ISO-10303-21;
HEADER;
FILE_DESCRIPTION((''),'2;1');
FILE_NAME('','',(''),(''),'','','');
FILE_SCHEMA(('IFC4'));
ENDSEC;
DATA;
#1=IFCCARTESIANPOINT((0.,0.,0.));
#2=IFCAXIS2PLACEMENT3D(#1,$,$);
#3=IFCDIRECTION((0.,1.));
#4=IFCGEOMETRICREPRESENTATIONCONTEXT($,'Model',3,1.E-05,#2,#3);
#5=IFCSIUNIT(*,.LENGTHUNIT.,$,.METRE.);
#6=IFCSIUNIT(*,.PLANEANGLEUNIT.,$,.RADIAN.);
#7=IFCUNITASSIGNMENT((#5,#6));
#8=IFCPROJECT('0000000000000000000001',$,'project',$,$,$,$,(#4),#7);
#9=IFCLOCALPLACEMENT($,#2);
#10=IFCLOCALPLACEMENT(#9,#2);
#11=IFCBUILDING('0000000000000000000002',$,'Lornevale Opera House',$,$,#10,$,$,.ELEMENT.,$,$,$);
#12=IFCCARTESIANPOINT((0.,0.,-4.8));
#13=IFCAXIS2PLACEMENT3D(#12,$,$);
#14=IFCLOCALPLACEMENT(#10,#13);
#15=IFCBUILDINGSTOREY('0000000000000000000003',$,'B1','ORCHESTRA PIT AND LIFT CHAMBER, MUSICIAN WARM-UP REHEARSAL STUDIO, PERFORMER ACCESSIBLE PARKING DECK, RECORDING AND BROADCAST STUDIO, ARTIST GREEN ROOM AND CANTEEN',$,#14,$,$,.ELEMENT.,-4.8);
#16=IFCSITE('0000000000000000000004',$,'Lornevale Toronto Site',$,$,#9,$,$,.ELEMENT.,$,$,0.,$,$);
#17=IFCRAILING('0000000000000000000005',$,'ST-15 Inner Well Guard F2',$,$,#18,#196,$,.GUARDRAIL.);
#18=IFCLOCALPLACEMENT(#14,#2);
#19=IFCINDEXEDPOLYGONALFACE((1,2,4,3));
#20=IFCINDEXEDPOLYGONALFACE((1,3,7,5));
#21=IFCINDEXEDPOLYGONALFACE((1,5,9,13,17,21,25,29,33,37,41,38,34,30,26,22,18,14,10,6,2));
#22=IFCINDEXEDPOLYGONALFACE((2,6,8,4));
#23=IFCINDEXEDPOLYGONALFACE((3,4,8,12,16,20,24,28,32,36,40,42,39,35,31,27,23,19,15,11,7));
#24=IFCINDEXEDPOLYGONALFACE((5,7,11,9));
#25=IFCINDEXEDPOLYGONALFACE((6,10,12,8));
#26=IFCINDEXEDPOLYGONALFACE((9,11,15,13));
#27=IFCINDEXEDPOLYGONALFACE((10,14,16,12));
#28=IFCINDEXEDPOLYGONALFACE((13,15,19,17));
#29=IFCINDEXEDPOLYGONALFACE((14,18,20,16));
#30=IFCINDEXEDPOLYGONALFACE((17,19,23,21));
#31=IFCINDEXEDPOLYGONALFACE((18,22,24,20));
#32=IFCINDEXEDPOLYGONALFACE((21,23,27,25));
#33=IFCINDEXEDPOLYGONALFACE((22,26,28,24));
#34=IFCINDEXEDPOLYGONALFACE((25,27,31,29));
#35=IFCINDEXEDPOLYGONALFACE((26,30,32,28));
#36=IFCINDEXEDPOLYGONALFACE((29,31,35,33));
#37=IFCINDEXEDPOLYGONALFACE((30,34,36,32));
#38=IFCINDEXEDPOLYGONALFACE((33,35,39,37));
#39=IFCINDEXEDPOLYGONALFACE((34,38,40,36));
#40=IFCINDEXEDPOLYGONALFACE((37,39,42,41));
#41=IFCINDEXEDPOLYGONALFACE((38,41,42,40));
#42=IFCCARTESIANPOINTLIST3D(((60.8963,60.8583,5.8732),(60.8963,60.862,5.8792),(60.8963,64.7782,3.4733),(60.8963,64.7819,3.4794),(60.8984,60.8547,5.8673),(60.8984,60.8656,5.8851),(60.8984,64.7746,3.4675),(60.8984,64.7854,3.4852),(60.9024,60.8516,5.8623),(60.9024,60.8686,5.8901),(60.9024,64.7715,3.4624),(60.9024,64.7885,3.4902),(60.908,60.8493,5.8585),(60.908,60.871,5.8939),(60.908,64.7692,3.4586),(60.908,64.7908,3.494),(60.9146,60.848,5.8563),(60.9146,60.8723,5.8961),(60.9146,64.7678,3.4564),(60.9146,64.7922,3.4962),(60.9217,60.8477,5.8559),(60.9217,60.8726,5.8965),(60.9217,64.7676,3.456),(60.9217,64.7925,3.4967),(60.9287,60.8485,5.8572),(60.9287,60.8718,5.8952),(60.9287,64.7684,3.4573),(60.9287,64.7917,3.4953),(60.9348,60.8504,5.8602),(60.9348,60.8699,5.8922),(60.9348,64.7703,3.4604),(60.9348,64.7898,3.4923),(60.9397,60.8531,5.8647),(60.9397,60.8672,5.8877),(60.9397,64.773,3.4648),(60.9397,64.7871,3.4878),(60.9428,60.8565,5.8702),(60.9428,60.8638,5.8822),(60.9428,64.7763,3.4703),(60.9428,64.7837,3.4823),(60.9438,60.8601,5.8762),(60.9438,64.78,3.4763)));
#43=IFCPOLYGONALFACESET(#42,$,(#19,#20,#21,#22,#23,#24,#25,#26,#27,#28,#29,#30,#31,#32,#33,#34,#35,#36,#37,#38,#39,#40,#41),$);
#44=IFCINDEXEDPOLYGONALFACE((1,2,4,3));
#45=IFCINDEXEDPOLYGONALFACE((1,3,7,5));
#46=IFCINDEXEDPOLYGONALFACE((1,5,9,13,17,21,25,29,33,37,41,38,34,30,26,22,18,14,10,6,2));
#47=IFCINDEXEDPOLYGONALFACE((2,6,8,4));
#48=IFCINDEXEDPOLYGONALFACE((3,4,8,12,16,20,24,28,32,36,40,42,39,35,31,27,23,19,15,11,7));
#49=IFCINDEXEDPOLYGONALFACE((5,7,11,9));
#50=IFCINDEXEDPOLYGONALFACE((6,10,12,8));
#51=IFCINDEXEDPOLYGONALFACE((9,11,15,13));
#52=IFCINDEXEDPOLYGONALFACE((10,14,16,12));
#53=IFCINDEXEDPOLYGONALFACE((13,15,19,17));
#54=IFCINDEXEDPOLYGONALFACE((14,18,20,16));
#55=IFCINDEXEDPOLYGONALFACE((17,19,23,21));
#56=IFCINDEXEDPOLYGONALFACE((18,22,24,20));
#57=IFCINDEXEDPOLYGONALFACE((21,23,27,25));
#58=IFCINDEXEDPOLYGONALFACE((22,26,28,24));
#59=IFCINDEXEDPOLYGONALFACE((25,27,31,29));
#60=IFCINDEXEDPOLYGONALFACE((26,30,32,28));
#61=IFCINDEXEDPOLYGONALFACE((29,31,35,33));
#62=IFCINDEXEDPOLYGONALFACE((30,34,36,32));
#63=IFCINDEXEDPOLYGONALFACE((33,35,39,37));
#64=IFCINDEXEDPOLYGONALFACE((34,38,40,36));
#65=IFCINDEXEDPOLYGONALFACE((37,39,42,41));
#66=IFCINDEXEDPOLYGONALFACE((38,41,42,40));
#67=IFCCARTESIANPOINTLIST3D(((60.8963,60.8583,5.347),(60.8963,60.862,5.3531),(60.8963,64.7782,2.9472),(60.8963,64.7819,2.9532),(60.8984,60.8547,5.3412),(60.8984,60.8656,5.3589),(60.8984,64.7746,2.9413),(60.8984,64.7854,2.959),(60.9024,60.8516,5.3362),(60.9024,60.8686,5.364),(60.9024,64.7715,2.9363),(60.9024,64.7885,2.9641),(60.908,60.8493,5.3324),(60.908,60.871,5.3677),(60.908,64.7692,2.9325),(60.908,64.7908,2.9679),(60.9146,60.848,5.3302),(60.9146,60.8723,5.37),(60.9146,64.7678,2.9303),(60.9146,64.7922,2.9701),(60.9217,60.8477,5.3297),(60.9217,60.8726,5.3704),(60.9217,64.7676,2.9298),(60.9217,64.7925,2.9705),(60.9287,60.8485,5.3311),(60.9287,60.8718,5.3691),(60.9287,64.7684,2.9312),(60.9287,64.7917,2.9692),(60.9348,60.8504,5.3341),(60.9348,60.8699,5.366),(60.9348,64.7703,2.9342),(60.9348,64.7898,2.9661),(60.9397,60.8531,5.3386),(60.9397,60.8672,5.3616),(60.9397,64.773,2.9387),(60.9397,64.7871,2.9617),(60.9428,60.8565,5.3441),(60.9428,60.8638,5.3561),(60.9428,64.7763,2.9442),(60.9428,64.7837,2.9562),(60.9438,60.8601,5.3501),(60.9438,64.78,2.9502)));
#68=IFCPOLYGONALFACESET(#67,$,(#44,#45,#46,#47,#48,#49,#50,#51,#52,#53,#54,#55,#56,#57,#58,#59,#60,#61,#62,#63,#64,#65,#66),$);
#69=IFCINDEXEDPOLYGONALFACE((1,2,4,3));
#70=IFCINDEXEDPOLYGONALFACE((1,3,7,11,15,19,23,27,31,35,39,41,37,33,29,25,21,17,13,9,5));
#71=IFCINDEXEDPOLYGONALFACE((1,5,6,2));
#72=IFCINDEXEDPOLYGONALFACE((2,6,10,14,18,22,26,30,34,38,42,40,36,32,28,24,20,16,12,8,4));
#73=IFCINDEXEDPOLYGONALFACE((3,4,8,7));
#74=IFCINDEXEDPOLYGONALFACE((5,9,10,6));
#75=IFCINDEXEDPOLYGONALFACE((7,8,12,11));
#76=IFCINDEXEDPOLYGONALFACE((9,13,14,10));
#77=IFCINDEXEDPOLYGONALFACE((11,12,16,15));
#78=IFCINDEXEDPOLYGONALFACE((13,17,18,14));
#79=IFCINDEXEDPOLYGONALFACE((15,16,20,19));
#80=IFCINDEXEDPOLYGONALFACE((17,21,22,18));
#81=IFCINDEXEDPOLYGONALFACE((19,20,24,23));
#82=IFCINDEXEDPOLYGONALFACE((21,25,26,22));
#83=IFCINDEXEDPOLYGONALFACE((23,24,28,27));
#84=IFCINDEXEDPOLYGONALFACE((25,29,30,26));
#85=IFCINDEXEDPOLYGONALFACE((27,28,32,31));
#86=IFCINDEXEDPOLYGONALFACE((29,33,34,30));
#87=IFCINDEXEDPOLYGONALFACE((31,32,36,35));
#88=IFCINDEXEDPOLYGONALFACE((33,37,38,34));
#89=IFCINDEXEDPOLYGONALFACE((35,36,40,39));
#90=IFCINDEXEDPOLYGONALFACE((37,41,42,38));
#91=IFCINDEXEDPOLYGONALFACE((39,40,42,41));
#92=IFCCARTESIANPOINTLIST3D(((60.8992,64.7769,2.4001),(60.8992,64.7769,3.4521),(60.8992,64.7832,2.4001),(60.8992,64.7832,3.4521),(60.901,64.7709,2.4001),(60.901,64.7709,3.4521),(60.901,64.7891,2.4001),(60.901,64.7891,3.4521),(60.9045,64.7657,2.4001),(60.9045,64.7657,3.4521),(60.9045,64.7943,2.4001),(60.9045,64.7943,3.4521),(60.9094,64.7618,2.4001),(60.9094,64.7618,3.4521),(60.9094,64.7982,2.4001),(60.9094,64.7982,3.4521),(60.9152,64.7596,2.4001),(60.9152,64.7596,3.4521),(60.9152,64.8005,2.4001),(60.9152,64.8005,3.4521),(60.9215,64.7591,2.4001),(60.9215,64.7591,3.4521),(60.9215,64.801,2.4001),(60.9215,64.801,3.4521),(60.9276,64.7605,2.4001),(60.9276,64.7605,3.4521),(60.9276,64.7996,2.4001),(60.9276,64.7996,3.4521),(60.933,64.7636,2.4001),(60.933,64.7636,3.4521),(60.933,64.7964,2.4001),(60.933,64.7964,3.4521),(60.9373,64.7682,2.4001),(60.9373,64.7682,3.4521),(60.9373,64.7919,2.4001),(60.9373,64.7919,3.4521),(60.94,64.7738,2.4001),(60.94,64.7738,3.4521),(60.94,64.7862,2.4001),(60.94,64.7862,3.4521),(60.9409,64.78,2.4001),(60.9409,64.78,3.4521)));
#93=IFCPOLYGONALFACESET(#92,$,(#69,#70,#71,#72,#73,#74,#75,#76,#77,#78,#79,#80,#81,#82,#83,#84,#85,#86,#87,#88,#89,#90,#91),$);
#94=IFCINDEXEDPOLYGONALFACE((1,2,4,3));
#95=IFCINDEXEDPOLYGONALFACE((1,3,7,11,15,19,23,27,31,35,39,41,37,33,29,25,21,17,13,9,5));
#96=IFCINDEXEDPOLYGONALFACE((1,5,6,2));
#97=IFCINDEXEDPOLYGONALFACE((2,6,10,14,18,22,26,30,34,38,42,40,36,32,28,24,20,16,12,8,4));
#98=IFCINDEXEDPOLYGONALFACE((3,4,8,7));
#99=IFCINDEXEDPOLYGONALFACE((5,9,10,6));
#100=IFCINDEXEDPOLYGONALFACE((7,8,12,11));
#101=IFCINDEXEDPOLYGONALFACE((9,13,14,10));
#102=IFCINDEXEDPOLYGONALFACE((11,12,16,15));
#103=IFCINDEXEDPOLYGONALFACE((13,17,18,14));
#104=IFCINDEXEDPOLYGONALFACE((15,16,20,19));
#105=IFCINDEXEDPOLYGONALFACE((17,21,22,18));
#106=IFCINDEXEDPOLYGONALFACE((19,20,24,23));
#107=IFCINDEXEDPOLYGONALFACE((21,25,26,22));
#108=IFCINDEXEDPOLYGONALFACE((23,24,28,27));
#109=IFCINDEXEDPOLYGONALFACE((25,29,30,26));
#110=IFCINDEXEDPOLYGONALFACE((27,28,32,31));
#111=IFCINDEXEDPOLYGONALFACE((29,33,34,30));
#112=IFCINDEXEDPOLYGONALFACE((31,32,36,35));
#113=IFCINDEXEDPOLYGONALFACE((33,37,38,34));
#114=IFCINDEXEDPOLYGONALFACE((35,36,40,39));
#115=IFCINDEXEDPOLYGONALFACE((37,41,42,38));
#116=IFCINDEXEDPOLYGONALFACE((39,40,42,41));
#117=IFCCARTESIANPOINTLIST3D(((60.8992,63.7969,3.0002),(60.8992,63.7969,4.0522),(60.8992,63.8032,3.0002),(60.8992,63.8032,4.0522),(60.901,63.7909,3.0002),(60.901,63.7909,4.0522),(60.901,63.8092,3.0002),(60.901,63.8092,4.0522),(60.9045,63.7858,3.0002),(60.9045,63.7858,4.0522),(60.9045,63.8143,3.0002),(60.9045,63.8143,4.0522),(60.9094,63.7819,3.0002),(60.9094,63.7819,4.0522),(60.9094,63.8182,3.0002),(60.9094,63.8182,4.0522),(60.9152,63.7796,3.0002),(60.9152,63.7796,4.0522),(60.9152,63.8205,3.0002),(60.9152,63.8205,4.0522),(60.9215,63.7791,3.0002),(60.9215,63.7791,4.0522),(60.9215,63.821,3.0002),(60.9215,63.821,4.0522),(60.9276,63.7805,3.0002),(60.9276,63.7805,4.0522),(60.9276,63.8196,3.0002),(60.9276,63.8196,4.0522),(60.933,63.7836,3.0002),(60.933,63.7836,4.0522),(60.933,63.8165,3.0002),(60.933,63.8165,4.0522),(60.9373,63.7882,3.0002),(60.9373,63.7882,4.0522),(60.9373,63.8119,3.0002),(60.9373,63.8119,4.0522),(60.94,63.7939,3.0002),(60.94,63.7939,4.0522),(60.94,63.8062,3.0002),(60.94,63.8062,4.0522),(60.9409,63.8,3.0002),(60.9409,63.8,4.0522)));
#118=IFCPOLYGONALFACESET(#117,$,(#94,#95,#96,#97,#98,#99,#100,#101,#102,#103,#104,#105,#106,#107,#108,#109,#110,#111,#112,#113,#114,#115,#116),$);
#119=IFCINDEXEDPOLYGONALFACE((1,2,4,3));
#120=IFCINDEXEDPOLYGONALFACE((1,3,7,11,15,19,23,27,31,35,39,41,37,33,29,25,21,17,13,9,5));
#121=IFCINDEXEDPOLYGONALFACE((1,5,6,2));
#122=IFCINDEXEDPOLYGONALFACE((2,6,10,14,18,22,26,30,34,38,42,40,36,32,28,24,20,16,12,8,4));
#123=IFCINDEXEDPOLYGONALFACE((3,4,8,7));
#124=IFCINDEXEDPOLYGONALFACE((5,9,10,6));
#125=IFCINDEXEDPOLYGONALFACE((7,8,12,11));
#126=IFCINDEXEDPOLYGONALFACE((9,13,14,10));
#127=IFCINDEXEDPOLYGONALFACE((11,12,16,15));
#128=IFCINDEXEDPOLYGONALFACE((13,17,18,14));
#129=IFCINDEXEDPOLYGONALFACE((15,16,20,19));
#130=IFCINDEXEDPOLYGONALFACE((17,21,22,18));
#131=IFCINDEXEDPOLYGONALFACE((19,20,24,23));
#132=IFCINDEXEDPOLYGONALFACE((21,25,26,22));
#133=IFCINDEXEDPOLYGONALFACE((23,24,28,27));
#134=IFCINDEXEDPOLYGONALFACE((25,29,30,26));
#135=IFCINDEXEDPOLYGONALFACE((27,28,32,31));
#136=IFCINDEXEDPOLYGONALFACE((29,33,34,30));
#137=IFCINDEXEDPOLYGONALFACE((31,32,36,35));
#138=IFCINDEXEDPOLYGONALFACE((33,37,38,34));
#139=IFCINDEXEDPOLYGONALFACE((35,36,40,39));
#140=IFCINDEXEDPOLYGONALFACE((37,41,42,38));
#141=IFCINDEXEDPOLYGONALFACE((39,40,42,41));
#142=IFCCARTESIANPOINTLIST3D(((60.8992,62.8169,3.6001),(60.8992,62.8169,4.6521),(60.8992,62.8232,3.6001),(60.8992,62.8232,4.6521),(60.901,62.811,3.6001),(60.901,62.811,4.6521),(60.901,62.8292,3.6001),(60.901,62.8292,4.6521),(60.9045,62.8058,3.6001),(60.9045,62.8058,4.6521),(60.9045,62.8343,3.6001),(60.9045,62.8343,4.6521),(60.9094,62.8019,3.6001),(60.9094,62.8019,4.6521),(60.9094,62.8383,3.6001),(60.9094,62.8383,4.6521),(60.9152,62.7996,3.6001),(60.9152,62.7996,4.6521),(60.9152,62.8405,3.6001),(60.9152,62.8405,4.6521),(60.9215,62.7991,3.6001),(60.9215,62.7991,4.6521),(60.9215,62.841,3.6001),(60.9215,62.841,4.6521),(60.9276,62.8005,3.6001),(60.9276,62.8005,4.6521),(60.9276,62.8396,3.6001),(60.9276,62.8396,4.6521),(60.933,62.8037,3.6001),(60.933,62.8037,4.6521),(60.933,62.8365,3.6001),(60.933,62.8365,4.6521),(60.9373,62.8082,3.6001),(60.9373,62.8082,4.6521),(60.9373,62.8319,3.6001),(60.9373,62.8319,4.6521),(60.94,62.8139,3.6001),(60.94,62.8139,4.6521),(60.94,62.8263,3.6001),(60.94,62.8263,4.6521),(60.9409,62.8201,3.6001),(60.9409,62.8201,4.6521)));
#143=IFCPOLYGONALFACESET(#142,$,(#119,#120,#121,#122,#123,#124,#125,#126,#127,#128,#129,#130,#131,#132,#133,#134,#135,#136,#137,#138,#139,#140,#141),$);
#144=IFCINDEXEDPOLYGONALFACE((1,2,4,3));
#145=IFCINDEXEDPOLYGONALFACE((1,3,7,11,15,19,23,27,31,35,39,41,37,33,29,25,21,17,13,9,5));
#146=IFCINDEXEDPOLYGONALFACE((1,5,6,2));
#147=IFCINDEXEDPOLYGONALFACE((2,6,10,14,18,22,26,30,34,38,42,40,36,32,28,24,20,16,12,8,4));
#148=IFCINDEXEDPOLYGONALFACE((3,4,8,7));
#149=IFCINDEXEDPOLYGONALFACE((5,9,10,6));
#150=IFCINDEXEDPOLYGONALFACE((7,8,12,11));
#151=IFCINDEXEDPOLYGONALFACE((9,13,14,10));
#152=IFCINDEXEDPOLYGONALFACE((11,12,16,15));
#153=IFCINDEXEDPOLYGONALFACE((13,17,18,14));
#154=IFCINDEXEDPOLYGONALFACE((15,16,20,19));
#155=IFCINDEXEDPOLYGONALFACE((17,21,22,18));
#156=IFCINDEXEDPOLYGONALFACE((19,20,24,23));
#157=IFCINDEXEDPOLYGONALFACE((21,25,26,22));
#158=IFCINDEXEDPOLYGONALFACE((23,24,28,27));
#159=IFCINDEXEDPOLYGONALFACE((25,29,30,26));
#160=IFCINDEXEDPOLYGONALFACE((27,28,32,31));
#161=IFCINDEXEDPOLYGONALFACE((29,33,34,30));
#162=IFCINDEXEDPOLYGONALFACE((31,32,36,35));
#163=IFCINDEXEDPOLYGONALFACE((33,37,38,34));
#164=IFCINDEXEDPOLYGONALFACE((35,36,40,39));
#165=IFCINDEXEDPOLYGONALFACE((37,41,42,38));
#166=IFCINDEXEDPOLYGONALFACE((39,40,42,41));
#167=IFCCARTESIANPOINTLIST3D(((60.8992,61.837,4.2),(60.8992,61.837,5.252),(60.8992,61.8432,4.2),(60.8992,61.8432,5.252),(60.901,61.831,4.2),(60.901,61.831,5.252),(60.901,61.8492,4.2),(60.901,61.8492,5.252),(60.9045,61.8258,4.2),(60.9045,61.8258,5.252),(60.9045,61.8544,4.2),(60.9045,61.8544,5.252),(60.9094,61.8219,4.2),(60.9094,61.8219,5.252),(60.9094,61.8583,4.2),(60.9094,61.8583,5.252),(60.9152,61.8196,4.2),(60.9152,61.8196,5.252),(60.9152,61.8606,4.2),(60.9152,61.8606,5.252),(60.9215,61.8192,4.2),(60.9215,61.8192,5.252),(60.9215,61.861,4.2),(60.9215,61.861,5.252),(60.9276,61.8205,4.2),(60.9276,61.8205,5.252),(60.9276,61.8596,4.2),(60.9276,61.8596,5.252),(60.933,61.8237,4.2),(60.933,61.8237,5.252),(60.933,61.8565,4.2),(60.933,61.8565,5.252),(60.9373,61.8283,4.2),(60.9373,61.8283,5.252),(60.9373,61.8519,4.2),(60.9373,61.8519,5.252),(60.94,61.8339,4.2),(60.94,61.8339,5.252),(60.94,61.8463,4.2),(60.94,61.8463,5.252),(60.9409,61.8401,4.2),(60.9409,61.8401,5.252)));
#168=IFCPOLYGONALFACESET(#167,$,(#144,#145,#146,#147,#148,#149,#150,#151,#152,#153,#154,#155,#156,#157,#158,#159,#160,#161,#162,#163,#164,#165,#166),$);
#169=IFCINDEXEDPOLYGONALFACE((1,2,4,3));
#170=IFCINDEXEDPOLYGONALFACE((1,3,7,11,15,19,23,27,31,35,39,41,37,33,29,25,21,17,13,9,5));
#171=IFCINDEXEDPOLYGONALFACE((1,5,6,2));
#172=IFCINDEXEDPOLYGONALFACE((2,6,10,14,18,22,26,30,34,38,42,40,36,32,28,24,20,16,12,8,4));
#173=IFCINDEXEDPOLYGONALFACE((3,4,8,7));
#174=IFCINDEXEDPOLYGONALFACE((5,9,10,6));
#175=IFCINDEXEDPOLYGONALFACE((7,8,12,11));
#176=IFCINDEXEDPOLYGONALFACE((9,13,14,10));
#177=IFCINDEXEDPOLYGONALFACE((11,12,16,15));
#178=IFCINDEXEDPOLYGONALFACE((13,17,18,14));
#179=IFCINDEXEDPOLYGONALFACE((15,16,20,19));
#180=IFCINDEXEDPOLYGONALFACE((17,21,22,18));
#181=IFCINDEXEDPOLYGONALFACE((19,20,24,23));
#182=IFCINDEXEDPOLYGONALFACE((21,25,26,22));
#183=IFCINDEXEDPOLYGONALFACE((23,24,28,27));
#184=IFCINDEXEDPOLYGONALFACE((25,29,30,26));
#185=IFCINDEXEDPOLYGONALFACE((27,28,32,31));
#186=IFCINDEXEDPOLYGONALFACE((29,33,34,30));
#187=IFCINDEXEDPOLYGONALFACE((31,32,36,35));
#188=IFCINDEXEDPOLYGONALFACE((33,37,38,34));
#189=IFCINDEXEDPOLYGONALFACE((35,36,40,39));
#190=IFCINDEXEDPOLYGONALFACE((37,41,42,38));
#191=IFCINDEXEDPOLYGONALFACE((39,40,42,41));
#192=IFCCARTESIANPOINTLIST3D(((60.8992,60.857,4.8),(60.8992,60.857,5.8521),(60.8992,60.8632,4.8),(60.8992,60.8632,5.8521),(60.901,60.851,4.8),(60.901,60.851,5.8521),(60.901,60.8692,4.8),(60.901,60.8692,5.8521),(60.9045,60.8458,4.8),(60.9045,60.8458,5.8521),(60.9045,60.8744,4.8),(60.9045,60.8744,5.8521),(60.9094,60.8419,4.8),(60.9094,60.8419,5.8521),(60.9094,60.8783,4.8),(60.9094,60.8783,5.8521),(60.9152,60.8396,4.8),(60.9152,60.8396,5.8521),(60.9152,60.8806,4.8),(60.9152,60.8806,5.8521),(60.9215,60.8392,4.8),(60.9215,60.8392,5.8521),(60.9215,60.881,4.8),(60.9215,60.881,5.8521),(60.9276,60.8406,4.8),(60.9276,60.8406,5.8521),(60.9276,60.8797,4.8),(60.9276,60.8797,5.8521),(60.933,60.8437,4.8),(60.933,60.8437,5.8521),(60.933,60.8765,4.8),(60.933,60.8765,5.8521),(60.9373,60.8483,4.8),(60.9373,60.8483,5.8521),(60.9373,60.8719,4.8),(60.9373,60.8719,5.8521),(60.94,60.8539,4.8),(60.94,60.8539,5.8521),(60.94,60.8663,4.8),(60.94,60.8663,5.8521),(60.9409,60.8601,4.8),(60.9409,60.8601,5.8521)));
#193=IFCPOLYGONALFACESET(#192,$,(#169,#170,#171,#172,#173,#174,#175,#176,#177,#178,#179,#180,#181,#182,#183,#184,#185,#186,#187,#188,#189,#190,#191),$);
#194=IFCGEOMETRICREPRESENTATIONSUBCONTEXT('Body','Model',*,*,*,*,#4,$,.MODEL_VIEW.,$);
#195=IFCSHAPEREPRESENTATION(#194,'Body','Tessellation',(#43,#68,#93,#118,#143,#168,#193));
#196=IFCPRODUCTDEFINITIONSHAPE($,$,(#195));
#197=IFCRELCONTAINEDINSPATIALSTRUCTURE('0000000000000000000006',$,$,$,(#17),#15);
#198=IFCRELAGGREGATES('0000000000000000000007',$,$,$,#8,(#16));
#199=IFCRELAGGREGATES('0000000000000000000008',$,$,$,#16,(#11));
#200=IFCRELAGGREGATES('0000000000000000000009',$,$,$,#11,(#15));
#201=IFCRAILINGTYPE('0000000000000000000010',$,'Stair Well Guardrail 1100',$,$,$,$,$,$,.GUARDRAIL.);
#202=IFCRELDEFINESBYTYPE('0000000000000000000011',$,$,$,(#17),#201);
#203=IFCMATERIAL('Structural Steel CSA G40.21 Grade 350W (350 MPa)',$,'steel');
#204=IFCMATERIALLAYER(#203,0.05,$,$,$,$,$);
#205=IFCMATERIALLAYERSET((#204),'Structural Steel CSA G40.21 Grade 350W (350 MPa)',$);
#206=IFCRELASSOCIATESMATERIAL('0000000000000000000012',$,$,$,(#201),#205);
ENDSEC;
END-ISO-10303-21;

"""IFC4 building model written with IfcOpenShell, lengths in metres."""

from ifc_helpers import new_model, si_unit, direction, frame, origin, origin_2d, place, context, subcontext, project, spatial, circle, extrude, material, layer, layer_set, type_object, element, save


model = new_model("IFC4")

# Units and contexts
model_context = context("Model", 3, precision=1e-05, world=origin(), true_north=direction((0.0, 1.0)))
body_context = subcontext(model_context, "Body", "Model", "MODEL_VIEW")
ifc_project = project(units=[si_unit("LENGTHUNIT", "METRE"), si_unit("PLANEANGLEUNIT", "RADIAN")], contexts=[model_context])

# Site, building, storey
site_placement = place(None, origin())
site = spatial("IfcSite", under=ifc_project, at=site_placement, Name="Lornevale Toronto Site", CompositionType="ELEMENT", RefElevation=0.0)
building_placement = place(site_placement, origin())
building = spatial("IfcBuilding", under=site, at=building_placement, Name="Lornevale Opera House", CompositionType="ELEMENT")
storey_placement = place(building_placement, frame((0.0, 0.0, -4.8)))
storey = spatial("IfcBuildingStorey", under=building, at=storey_placement, Name="B1", Description="ORCHESTRA PIT AND LIFT CHAMBER, MUSICIAN WARM-UP REHEARSAL STUDIO, PERFORMER ACCESSIBLE PARKING DECK, RECORDING AND BROADCAST STUDIO, ARTIST GREEN ROOM AND CANTEEN", CompositionType="ELEMENT", Elevation=-4.8)

# Railing
ifc_material_1 = material(Name="Structural Steel CSA G40.21 Grade 350W (350 MPa)", Category="steel")
ifc_layer_1 = layer(ifc_material_1, 0.05)
ifc_layer_set_1 = layer_set([ifc_layer_1], Name="Structural Steel CSA G40.21 Grade 350W (350 MPa)")
railing_type_1 = type_object("IfcRailingType", Name="Stair Well Guardrail 1100", PredefinedType="GUARDRAIL", material=ifc_layer_set_1)
railing_1_placement = place(storey_placement, frame((60.9199, 64.78, 2.4001)))
element("IfcRailing", 1, at=railing_1_placement, inside=storey, type_object=railing_type_1, Name="ST-15 Inner Well Guard F2", PredefinedType="GUARDRAIL", context=body_context, shape_type="SweptSolid", body=[
    extrude(circle(Radius=0.0239, at=origin_2d()), frame((0.0, 0.0, 1.0762), z_axis=(0.0, -0.852856, 0.522146), x_axis=(1.0, 0.0, 0.0)), (0.0, 0.0, 1.0), 4.5962),
    extrude(circle(Radius=0.0239, at=origin_2d()), frame((0.0, 0.0, 0.55), z_axis=(0.0, -0.852856, 0.522146), x_axis=(1.0, 0.0, 0.0)), (0.0, 0.0, 1.0), 4.5962),
    extrude(circle(Radius=0.021, at=origin_2d()), origin(), (0.0, 0.0, 1.0), 1.052),
    extrude(circle(Radius=0.021, at=origin_2d()), frame((0.0, -0.98, 0.6001)), (0.0, 0.0, 1.0), 1.052),
    extrude(circle(Radius=0.021, at=origin_2d()), frame((0.0, -1.96, 1.2)), (0.0, 0.0, 1.0), 1.052),
    extrude(circle(Radius=0.021, at=origin_2d()), frame((0.0, -2.9399, 1.7998)), (0.0, 0.0, 1.0), 1.052),
    extrude(circle(Radius=0.021, at=origin_2d()), frame((0.0, -3.9199, 2.3999)), (0.0, 0.0, 1.0), 1.052),
])

save(model, "model.ifc")
